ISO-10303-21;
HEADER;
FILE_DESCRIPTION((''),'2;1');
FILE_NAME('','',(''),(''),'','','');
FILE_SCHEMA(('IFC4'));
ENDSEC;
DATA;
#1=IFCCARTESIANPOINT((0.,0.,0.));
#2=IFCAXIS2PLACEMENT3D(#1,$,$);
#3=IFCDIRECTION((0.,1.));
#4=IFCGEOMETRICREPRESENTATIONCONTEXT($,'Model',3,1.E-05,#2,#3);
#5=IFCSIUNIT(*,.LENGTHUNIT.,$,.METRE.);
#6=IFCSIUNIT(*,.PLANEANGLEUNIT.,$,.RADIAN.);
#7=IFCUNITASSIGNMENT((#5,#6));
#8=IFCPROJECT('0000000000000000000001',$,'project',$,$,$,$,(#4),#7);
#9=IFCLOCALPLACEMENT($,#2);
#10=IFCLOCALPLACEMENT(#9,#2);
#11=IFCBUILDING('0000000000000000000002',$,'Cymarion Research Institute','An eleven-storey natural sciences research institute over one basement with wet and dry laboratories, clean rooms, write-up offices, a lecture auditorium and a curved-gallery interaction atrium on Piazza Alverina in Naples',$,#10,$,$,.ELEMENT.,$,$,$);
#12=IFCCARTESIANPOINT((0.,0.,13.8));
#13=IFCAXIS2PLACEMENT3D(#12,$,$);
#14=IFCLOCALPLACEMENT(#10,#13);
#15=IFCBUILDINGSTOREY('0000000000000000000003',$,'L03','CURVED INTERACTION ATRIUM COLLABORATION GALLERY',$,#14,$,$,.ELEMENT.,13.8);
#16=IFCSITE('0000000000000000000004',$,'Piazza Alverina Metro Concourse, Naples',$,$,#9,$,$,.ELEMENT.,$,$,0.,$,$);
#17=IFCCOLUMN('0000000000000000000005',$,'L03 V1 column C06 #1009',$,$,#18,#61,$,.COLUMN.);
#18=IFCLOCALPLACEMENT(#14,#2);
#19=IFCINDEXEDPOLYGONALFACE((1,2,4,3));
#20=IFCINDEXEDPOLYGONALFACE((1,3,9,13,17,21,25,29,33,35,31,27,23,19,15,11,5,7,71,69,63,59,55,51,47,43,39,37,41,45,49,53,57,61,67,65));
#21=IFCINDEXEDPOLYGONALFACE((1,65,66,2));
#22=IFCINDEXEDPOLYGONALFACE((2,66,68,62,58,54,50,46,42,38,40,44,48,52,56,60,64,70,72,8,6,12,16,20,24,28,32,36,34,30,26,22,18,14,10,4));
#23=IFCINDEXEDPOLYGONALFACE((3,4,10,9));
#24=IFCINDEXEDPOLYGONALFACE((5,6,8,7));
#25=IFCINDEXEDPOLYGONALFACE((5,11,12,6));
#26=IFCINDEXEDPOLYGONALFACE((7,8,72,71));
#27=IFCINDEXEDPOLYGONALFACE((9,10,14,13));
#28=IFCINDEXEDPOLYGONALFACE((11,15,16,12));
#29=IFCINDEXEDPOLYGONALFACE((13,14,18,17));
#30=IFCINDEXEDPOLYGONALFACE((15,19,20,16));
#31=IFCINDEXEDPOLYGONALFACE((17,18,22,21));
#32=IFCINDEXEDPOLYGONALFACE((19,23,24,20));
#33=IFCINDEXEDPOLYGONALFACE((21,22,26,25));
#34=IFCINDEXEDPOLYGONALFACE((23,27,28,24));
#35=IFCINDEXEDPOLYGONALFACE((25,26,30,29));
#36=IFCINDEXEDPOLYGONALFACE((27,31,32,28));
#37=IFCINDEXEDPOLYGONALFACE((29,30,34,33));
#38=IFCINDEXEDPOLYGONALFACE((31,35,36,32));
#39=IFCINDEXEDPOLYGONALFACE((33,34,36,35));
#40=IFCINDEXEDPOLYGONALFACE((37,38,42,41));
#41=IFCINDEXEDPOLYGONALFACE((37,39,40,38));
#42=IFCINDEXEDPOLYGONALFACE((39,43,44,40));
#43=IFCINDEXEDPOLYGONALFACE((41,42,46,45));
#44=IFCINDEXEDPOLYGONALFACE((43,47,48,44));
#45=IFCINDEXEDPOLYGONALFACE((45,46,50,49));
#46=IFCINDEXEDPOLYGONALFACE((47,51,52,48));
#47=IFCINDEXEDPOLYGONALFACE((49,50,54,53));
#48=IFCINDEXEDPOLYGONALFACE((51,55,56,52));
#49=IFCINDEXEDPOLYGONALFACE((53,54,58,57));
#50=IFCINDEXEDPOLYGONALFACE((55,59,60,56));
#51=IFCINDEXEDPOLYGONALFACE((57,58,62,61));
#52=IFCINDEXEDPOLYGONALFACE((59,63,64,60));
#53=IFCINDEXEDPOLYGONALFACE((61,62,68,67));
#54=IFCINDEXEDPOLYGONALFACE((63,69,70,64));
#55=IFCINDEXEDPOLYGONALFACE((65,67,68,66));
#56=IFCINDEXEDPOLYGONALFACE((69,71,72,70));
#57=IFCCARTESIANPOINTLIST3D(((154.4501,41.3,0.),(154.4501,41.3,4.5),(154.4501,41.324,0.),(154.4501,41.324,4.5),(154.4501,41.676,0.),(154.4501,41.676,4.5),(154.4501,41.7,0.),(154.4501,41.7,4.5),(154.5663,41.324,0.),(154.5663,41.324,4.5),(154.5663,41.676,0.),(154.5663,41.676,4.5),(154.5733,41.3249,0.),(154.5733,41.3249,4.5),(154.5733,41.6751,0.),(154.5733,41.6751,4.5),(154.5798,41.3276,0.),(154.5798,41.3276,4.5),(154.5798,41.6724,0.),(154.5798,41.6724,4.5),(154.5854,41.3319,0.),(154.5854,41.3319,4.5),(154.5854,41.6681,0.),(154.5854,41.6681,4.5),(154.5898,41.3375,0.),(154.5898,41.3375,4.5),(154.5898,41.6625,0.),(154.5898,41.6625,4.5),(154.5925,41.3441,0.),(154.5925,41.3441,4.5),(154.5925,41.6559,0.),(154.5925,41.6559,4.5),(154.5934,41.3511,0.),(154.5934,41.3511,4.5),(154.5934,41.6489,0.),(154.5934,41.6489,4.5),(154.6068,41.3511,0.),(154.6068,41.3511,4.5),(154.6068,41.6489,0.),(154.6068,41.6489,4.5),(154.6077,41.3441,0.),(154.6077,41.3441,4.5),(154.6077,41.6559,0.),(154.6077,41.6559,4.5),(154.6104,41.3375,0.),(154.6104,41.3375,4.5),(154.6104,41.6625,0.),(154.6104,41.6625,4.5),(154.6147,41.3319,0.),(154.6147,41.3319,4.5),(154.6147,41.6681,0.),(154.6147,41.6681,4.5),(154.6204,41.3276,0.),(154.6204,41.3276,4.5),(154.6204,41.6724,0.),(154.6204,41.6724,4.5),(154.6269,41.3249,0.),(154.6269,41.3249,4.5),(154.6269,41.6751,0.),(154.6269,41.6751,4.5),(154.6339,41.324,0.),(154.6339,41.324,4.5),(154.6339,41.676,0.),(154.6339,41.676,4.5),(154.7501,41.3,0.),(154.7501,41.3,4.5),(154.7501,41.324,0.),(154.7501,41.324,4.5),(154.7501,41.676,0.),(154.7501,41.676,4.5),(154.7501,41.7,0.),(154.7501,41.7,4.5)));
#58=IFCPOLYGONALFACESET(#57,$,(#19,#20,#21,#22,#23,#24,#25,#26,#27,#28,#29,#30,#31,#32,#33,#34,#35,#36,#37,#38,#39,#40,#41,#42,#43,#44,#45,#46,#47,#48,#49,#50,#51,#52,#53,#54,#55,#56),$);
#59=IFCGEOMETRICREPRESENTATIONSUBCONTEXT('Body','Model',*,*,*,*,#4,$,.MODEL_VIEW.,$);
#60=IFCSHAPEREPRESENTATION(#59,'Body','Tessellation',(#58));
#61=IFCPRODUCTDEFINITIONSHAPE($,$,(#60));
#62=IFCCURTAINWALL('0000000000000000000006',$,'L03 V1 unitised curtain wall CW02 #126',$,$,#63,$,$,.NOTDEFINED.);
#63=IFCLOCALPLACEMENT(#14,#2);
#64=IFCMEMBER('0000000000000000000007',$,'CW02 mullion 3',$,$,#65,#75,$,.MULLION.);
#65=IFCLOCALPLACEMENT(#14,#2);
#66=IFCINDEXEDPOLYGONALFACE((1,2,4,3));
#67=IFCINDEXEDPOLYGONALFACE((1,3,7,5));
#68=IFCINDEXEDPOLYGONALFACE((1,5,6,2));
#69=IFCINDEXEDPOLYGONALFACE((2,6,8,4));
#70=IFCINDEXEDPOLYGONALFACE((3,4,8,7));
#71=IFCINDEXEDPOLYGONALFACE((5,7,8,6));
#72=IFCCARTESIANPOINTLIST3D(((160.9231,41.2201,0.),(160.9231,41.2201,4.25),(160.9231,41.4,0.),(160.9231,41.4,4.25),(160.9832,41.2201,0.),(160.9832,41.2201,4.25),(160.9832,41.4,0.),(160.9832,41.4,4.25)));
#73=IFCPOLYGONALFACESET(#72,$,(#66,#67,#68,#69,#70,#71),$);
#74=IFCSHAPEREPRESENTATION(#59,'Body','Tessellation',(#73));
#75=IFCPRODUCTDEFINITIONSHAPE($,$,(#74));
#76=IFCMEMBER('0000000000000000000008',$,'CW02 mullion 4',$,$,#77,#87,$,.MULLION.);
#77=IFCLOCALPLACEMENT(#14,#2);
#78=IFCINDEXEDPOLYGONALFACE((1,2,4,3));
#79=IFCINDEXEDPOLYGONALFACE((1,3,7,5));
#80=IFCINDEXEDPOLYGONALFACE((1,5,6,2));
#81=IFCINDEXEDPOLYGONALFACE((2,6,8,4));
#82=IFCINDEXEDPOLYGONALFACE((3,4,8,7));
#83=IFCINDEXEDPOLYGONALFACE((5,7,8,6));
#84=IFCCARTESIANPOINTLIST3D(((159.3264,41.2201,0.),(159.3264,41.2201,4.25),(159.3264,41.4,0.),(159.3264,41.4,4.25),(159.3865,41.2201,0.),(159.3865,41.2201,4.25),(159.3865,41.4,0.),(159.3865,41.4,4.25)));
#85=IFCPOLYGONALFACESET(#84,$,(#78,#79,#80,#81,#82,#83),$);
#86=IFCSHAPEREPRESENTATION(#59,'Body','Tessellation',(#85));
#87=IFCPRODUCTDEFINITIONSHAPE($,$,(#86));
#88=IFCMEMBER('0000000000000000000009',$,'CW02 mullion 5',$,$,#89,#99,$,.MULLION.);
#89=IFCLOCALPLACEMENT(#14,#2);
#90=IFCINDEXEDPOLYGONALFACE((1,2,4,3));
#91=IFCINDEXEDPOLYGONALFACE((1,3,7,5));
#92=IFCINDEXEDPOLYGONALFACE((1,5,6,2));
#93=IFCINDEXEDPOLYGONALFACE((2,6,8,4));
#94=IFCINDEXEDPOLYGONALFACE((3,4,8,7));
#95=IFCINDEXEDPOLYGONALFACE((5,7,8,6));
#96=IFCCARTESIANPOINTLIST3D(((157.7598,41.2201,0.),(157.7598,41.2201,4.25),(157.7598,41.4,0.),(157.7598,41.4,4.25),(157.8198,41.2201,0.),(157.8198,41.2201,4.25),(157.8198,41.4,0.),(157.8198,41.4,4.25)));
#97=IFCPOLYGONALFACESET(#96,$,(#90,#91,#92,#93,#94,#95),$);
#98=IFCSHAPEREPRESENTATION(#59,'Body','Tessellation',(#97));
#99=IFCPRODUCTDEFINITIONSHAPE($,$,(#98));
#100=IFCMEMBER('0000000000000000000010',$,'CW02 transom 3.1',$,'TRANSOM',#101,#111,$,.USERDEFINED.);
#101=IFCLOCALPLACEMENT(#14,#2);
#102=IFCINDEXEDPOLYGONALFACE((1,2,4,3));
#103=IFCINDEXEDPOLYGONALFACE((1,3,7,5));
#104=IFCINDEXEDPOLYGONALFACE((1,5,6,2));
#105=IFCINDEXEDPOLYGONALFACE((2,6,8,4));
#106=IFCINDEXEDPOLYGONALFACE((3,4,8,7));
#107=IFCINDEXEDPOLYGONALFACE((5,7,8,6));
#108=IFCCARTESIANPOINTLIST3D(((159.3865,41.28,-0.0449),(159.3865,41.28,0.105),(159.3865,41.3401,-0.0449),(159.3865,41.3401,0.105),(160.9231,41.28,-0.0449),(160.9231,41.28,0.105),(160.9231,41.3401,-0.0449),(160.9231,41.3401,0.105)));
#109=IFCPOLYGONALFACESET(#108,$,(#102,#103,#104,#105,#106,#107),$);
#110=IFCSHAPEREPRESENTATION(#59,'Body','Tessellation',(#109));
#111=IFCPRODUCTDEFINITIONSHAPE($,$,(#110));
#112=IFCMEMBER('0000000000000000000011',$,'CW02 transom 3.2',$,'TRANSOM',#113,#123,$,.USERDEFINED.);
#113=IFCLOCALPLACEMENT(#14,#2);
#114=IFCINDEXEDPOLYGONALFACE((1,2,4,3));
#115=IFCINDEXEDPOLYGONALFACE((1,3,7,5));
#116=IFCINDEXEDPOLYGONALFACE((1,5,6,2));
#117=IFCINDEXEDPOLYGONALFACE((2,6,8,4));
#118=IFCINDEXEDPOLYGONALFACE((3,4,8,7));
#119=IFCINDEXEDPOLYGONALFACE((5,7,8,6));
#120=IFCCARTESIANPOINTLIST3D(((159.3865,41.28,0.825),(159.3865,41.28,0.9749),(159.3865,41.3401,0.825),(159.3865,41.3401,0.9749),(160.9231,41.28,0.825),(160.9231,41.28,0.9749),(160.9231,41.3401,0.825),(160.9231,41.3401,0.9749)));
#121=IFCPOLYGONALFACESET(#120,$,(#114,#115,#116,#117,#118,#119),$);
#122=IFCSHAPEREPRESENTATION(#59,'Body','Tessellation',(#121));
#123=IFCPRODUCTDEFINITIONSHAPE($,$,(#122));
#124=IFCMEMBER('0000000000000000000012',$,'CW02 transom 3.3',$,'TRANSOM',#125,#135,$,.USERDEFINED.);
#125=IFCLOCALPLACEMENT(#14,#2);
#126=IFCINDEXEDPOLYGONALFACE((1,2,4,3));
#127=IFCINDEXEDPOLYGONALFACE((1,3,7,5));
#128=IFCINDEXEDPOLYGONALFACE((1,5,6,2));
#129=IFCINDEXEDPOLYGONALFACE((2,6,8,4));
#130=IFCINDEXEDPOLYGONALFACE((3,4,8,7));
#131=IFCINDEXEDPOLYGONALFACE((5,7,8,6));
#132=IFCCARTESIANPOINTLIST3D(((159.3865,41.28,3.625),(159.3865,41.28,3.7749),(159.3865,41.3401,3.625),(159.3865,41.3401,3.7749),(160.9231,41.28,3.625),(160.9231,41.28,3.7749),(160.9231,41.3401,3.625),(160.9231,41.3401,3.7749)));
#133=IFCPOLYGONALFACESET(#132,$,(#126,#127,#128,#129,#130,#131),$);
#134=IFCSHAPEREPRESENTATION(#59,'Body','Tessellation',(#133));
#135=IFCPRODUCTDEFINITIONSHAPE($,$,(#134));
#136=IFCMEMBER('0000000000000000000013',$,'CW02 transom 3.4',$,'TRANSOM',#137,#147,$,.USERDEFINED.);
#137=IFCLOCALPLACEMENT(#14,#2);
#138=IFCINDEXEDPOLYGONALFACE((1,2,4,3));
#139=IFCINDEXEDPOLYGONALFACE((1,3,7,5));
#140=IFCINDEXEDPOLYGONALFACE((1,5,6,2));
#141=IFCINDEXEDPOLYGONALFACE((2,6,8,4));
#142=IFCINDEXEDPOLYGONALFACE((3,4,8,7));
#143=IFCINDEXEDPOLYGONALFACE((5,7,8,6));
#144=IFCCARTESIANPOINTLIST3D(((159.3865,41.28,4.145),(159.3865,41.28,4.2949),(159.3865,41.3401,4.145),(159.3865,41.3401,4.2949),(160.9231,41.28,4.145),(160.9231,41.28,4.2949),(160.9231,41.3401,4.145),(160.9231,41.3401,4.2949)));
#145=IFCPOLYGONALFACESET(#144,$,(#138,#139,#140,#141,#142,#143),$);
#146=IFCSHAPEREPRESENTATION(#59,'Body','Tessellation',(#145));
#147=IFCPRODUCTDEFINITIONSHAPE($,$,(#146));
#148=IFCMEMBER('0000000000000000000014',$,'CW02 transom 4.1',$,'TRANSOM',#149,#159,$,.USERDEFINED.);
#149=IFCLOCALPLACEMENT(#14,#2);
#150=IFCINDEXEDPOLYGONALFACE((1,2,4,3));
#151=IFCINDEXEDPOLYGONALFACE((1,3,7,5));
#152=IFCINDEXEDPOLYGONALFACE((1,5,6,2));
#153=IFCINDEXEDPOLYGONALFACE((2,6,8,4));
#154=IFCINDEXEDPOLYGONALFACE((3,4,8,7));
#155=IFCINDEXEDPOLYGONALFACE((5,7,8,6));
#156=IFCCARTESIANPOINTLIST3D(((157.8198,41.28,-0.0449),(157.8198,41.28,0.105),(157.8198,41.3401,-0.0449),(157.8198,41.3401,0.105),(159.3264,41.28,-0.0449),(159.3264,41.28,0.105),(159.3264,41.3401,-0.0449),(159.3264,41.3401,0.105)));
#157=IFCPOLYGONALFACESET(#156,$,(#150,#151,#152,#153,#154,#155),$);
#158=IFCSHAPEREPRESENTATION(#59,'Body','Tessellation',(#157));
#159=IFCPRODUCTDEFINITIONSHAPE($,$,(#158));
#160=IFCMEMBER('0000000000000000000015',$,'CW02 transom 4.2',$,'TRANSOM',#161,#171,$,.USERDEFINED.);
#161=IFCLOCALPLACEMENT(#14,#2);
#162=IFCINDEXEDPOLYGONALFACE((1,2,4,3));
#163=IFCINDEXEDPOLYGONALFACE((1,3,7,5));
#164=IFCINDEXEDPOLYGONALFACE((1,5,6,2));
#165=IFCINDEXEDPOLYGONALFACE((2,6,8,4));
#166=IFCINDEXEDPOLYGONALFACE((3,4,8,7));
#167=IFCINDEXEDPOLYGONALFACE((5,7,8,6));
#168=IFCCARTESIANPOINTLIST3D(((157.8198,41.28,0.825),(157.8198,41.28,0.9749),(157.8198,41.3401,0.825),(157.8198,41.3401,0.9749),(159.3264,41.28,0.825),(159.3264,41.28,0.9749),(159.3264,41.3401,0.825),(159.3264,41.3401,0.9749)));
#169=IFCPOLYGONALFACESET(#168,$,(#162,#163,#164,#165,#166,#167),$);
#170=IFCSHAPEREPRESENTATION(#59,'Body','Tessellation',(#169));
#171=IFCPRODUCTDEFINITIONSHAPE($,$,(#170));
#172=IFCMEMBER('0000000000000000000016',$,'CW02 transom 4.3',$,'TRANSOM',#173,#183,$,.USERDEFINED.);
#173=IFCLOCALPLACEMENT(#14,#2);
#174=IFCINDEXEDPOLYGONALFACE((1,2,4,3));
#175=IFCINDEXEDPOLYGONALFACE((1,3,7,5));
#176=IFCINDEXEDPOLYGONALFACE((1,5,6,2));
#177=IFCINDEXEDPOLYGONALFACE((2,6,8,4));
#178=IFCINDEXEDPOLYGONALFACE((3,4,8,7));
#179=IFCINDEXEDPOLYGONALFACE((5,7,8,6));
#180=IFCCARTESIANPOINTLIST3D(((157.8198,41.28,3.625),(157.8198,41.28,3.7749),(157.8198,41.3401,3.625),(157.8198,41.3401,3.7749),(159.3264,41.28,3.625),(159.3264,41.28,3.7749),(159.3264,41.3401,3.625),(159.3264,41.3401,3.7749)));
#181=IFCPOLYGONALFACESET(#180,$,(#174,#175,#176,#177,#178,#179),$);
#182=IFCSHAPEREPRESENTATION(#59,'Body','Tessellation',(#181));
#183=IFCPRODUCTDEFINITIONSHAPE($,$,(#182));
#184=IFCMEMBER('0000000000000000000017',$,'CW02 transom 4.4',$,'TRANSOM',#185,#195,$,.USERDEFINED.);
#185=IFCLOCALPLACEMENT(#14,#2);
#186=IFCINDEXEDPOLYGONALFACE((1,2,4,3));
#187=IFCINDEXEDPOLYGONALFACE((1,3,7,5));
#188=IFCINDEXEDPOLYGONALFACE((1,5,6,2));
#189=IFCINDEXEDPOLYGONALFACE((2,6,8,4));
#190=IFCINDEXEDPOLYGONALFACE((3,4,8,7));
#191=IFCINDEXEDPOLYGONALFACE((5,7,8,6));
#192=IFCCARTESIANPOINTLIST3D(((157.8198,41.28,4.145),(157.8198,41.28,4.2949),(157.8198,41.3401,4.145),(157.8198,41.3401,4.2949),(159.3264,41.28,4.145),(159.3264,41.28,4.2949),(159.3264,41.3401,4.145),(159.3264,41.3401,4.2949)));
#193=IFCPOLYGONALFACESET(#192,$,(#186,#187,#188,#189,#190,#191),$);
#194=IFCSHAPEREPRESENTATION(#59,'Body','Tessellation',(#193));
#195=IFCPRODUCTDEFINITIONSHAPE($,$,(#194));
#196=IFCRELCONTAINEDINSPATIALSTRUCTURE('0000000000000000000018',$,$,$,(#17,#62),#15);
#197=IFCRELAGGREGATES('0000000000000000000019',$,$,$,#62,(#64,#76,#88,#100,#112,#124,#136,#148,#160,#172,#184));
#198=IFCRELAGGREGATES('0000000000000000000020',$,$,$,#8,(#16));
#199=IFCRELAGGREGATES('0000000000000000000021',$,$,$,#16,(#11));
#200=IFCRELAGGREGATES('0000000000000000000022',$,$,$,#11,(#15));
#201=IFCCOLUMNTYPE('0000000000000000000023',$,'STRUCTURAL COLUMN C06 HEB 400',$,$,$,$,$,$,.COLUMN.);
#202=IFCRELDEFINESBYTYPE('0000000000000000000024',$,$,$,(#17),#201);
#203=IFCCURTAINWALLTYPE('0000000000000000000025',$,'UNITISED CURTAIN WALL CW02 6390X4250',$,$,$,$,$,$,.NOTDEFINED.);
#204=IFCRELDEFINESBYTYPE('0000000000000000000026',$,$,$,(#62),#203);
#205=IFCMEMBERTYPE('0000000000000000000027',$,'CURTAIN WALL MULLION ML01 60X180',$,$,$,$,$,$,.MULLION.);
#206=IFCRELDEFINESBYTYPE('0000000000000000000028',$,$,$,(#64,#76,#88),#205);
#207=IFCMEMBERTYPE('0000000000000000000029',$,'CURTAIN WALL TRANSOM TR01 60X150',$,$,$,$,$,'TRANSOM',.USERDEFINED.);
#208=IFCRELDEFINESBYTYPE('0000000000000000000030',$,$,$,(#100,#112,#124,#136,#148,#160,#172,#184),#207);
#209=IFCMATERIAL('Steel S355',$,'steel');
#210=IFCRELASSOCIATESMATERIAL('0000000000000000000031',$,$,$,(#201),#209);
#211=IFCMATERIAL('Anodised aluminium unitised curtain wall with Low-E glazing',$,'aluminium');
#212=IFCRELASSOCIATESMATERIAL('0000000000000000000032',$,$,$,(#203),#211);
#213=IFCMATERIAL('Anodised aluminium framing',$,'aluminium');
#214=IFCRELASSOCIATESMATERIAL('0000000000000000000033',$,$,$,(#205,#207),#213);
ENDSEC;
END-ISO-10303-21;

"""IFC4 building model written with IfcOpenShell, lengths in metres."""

from ifc_helpers import new_model, si_unit, direction, frame, origin, origin_2d, place, context, subcontext, project, spatial, rectangle, i_section, extrude, material, material_profile, profile_set, type_object, element, aggregate, save


model = new_model("IFC4")

# Units and contexts
model_context = context("Model", 3, precision=1e-05, world=origin(), true_north=direction((0.0, 1.0)))
body_context = subcontext(model_context, "Body", "Model", "MODEL_VIEW")
ifc_project = project(units=[si_unit("LENGTHUNIT", "METRE"), si_unit("PLANEANGLEUNIT", "RADIAN")], contexts=[model_context])

# Site, building, storey
site_placement = place(None, origin())
site = spatial("IfcSite", under=ifc_project, at=site_placement, Name="Piazza Alverina Metro Concourse, Naples", CompositionType="ELEMENT", RefElevation=0.0)
building_placement = place(site_placement, origin())
building = spatial("IfcBuilding", under=site, at=building_placement, Name="Cymarion Research Institute", Description="An eleven-storey natural sciences research institute over one basement with wet and dry laboratories, clean rooms, write-up offices, a lecture auditorium and a curved-gallery interaction atrium on Piazza Alverina in Naples", CompositionType="ELEMENT")
storey_placement = place(building_placement, frame((0.0, 0.0, 13.8)))
storey = spatial("IfcBuildingStorey", under=building, at=storey_placement, Name="L03", Description="CURVED INTERACTION ATRIUM COLLABORATION GALLERY", CompositionType="ELEMENT", Elevation=13.8)

# Column
ifc_material_1 = material(Name="Steel S355", Category="steel")
ifc_material_profile_1 = material_profile(ifc_material_1, i_section(OverallWidth=0.3, OverallDepth=0.3999, WebThickness=0.0134, FlangeThickness=0.0239, FilletRadius=0.0271, at=origin_2d()), Name="HEB 400")
ifc_profile_set_1 = profile_set([ifc_material_profile_1], Name="Steel S355")
column_type = type_object("IfcColumnType", Name="STRUCTURAL COLUMN C06 HEB 400", PredefinedType="COLUMN", material=ifc_profile_set_1)
column_placement = place(storey_placement, frame((154.6001, 41.5, 0.0), z_axis=(0.0, 0.0, 1.0), x_axis=(1.0, 0.0, 0.0)))
element("IfcColumn", 1, at=column_placement, inside=storey, type_object=column_type, Name="L03 V1 column C06 #1009", PredefinedType="COLUMN", context=body_context, shape_type="SweptSolid", body=[
    extrude(i_section(OverallWidth=0.3, OverallDepth=0.3999, WebThickness=0.0134, FlangeThickness=0.0239, FilletRadius=0.0271, at=origin_2d()), origin(), (0.0, 0.0, 1.0), 4.5),
])

# Curtain wall, members
ifc_material_2 = material(Name="Anodised aluminium unitised curtain wall with Low-E glazing", Category="aluminium")
curtain_wall_type = type_object("IfcCurtainWallType", Name="UNITISED CURTAIN WALL CW02 6390X4250", PredefinedType="NOTDEFINED", material=ifc_material_2)
curtain_wall_placement = place(storey_placement, origin())
curtain_wall = element("IfcCurtainWall", 2, at=curtain_wall_placement, inside=storey, type_object=curtain_wall_type, Name="L03 V1 unitised curtain wall CW02 #126", PredefinedType="NOTDEFINED")
ifc_material_3 = material(Name="Anodised aluminium framing", Category="aluminium")
ifc_material_profile_2 = material_profile(ifc_material_3, rectangle(XDim=0.0601, YDim=0.1799, at=origin_2d()), Name="ALU MULLION 60x180")
ifc_profile_set_2 = profile_set([ifc_material_profile_2], Name="Anodised aluminium framing")
member_type_1 = type_object("IfcMemberType", Name="CURTAIN WALL MULLION ML01 60X180", PredefinedType="MULLION", material=ifc_profile_set_2)
member_1_placement = place(storey_placement, frame((160.9531, 41.3101, 0.0), z_axis=(0.0, 0.0, 1.0), x_axis=(-1.0, 0.0, 0.0)))
member_1 = element("IfcMember", 3, at=member_1_placement, type_object=member_type_1, Name="CW02 mullion 3", PredefinedType="MULLION", context=body_context, shape_type="SweptSolid", body=[
    extrude(rectangle(XDim=0.0601, YDim=0.1799, at=origin_2d()), origin(), (0.0, 0.0, 1.0), 4.25),
])
member_2_placement = place(storey_placement, frame((159.3564, 41.3101, 0.0), z_axis=(0.0, 0.0, 1.0), x_axis=(-1.0, 0.0, 0.0)))
member_2 = element("IfcMember", 4, at=member_2_placement, type_object=member_type_1, Name="CW02 mullion 4", PredefinedType="MULLION", context=body_context, shape_type="SweptSolid", body=[
    extrude(rectangle(XDim=0.0601, YDim=0.1799, at=origin_2d()), origin(), (0.0, 0.0, 1.0), 4.25),
])
member_3_placement = place(storey_placement, frame((157.7898, 41.3101, 0.0), z_axis=(0.0, 0.0, 1.0), x_axis=(-1.0, 0.0, 0.0)))
member_3 = element("IfcMember", 5, at=member_3_placement, type_object=member_type_1, Name="CW02 mullion 5", PredefinedType="MULLION", context=body_context, shape_type="SweptSolid", body=[
    extrude(rectangle(XDim=0.0601, YDim=0.1799, at=origin_2d()), origin(), (0.0, 0.0, 1.0), 4.25),
])
ifc_material_profile_3 = material_profile(ifc_material_3, rectangle(XDim=0.0601, YDim=0.1499, at=origin_2d()), Name="ALU TRANSOM 60x150")
ifc_profile_set_3 = profile_set([ifc_material_profile_3], Name="Anodised aluminium framing")
member_type_2 = type_object("IfcMemberType", Name="CURTAIN WALL TRANSOM TR01 60X150", ElementType="TRANSOM", PredefinedType="USERDEFINED", material=ifc_profile_set_3)
member_4_placement = place(storey_placement, frame((160.9231, 41.3101, 0.03), z_axis=(-1.0, 0.0, 0.0), x_axis=(0.0, -1.0, 0.0)))
member_4 = element("IfcMember", 6, at=member_4_placement, type_object=member_type_2, Name="CW02 transom 3.1", ObjectType="TRANSOM", PredefinedType="USERDEFINED", context=body_context, shape_type="SweptSolid", body=[
    extrude(rectangle(XDim=0.0601, YDim=0.1499, at=origin_2d()), origin(), (0.0, 0.0, 1.0), 1.5366),
])
member_5_placement = place(storey_placement, frame((160.9231, 41.3101, 0.8999), z_axis=(-1.0, 0.0, 0.0), x_axis=(0.0, -1.0, 0.0)))
member_5 = element("IfcMember", 7, at=member_5_placement, type_object=member_type_2, Name="CW02 transom 3.2", ObjectType="TRANSOM", PredefinedType="USERDEFINED", context=body_context, shape_type="SweptSolid", body=[
    extrude(rectangle(XDim=0.0601, YDim=0.1499, at=origin_2d()), origin(), (0.0, 0.0, 1.0), 1.5366),
])
member_6_placement = place(storey_placement, frame((160.9231, 41.3101, 3.7), z_axis=(-1.0, 0.0, 0.0), x_axis=(0.0, -1.0, 0.0)))
member_6 = element("IfcMember", 8, at=member_6_placement, type_object=member_type_2, Name="CW02 transom 3.3", ObjectType="TRANSOM", PredefinedType="USERDEFINED", context=body_context, shape_type="SweptSolid", body=[
    extrude(rectangle(XDim=0.0601, YDim=0.1499, at=origin_2d()), origin(), (0.0, 0.0, 1.0), 1.5366),
])
member_7_placement = place(storey_placement, frame((160.9231, 41.3101, 4.22), z_axis=(-1.0, 0.0, 0.0), x_axis=(0.0, -1.0, 0.0)))
member_7 = element("IfcMember", 9, at=member_7_placement, type_object=member_type_2, Name="CW02 transom 3.4", ObjectType="TRANSOM", PredefinedType="USERDEFINED", context=body_context, shape_type="SweptSolid", body=[
    extrude(rectangle(XDim=0.0601, YDim=0.1499, at=origin_2d()), origin(), (0.0, 0.0, 1.0), 1.5366),
])
member_8_placement = place(storey_placement, frame((159.3264, 41.3101, 0.03), z_axis=(-1.0, 0.0, 0.0), x_axis=(0.0, -1.0, 0.0)))
member_8 = element("IfcMember", 10, at=member_8_placement, type_object=member_type_2, Name="CW02 transom 4.1", ObjectType="TRANSOM", PredefinedType="USERDEFINED", context=body_context, shape_type="SweptSolid", body=[
    extrude(rectangle(XDim=0.0601, YDim=0.1499, at=origin_2d()), origin(), (0.0, 0.0, 1.0), 1.5066),
])
member_9_placement = place(storey_placement, frame((159.3264, 41.3101, 0.8999), z_axis=(-1.0, 0.0, 0.0), x_axis=(0.0, -1.0, 0.0)))
member_9 = element("IfcMember", 11, at=member_9_placement, type_object=member_type_2, Name="CW02 transom 4.2", ObjectType="TRANSOM", PredefinedType="USERDEFINED", context=body_context, shape_type="SweptSolid", body=[
    extrude(rectangle(XDim=0.0601, YDim=0.1499, at=origin_2d()), origin(), (0.0, 0.0, 1.0), 1.5066),
])
member_10_placement = place(storey_placement, frame((159.3264, 41.3101, 3.7), z_axis=(-1.0, 0.0, 0.0), x_axis=(0.0, -1.0, 0.0)))
member_10 = element("IfcMember", 12, at=member_10_placement, type_object=member_type_2, Name="CW02 transom 4.3", ObjectType="TRANSOM", PredefinedType="USERDEFINED", context=body_context, shape_type="SweptSolid", body=[
    extrude(rectangle(XDim=0.0601, YDim=0.1499, at=origin_2d()), origin(), (0.0, 0.0, 1.0), 1.5066),
])
member_11_placement = place(storey_placement, frame((159.3264, 41.3101, 4.22), z_axis=(-1.0, 0.0, 0.0), x_axis=(0.0, -1.0, 0.0)))
member_11 = element("IfcMember", 13, at=member_11_placement, type_object=member_type_2, Name="CW02 transom 4.4", ObjectType="TRANSOM", PredefinedType="USERDEFINED", context=body_context, shape_type="SweptSolid", body=[
    extrude(rectangle(XDim=0.0601, YDim=0.1499, at=origin_2d()), origin(), (0.0, 0.0, 1.0), 1.5066),
])
aggregate(curtain_wall, [member_1, member_2, member_3, member_4, member_5, member_6, member_7, member_8, member_9, member_10, member_11])

save(model, "model.ifc")
